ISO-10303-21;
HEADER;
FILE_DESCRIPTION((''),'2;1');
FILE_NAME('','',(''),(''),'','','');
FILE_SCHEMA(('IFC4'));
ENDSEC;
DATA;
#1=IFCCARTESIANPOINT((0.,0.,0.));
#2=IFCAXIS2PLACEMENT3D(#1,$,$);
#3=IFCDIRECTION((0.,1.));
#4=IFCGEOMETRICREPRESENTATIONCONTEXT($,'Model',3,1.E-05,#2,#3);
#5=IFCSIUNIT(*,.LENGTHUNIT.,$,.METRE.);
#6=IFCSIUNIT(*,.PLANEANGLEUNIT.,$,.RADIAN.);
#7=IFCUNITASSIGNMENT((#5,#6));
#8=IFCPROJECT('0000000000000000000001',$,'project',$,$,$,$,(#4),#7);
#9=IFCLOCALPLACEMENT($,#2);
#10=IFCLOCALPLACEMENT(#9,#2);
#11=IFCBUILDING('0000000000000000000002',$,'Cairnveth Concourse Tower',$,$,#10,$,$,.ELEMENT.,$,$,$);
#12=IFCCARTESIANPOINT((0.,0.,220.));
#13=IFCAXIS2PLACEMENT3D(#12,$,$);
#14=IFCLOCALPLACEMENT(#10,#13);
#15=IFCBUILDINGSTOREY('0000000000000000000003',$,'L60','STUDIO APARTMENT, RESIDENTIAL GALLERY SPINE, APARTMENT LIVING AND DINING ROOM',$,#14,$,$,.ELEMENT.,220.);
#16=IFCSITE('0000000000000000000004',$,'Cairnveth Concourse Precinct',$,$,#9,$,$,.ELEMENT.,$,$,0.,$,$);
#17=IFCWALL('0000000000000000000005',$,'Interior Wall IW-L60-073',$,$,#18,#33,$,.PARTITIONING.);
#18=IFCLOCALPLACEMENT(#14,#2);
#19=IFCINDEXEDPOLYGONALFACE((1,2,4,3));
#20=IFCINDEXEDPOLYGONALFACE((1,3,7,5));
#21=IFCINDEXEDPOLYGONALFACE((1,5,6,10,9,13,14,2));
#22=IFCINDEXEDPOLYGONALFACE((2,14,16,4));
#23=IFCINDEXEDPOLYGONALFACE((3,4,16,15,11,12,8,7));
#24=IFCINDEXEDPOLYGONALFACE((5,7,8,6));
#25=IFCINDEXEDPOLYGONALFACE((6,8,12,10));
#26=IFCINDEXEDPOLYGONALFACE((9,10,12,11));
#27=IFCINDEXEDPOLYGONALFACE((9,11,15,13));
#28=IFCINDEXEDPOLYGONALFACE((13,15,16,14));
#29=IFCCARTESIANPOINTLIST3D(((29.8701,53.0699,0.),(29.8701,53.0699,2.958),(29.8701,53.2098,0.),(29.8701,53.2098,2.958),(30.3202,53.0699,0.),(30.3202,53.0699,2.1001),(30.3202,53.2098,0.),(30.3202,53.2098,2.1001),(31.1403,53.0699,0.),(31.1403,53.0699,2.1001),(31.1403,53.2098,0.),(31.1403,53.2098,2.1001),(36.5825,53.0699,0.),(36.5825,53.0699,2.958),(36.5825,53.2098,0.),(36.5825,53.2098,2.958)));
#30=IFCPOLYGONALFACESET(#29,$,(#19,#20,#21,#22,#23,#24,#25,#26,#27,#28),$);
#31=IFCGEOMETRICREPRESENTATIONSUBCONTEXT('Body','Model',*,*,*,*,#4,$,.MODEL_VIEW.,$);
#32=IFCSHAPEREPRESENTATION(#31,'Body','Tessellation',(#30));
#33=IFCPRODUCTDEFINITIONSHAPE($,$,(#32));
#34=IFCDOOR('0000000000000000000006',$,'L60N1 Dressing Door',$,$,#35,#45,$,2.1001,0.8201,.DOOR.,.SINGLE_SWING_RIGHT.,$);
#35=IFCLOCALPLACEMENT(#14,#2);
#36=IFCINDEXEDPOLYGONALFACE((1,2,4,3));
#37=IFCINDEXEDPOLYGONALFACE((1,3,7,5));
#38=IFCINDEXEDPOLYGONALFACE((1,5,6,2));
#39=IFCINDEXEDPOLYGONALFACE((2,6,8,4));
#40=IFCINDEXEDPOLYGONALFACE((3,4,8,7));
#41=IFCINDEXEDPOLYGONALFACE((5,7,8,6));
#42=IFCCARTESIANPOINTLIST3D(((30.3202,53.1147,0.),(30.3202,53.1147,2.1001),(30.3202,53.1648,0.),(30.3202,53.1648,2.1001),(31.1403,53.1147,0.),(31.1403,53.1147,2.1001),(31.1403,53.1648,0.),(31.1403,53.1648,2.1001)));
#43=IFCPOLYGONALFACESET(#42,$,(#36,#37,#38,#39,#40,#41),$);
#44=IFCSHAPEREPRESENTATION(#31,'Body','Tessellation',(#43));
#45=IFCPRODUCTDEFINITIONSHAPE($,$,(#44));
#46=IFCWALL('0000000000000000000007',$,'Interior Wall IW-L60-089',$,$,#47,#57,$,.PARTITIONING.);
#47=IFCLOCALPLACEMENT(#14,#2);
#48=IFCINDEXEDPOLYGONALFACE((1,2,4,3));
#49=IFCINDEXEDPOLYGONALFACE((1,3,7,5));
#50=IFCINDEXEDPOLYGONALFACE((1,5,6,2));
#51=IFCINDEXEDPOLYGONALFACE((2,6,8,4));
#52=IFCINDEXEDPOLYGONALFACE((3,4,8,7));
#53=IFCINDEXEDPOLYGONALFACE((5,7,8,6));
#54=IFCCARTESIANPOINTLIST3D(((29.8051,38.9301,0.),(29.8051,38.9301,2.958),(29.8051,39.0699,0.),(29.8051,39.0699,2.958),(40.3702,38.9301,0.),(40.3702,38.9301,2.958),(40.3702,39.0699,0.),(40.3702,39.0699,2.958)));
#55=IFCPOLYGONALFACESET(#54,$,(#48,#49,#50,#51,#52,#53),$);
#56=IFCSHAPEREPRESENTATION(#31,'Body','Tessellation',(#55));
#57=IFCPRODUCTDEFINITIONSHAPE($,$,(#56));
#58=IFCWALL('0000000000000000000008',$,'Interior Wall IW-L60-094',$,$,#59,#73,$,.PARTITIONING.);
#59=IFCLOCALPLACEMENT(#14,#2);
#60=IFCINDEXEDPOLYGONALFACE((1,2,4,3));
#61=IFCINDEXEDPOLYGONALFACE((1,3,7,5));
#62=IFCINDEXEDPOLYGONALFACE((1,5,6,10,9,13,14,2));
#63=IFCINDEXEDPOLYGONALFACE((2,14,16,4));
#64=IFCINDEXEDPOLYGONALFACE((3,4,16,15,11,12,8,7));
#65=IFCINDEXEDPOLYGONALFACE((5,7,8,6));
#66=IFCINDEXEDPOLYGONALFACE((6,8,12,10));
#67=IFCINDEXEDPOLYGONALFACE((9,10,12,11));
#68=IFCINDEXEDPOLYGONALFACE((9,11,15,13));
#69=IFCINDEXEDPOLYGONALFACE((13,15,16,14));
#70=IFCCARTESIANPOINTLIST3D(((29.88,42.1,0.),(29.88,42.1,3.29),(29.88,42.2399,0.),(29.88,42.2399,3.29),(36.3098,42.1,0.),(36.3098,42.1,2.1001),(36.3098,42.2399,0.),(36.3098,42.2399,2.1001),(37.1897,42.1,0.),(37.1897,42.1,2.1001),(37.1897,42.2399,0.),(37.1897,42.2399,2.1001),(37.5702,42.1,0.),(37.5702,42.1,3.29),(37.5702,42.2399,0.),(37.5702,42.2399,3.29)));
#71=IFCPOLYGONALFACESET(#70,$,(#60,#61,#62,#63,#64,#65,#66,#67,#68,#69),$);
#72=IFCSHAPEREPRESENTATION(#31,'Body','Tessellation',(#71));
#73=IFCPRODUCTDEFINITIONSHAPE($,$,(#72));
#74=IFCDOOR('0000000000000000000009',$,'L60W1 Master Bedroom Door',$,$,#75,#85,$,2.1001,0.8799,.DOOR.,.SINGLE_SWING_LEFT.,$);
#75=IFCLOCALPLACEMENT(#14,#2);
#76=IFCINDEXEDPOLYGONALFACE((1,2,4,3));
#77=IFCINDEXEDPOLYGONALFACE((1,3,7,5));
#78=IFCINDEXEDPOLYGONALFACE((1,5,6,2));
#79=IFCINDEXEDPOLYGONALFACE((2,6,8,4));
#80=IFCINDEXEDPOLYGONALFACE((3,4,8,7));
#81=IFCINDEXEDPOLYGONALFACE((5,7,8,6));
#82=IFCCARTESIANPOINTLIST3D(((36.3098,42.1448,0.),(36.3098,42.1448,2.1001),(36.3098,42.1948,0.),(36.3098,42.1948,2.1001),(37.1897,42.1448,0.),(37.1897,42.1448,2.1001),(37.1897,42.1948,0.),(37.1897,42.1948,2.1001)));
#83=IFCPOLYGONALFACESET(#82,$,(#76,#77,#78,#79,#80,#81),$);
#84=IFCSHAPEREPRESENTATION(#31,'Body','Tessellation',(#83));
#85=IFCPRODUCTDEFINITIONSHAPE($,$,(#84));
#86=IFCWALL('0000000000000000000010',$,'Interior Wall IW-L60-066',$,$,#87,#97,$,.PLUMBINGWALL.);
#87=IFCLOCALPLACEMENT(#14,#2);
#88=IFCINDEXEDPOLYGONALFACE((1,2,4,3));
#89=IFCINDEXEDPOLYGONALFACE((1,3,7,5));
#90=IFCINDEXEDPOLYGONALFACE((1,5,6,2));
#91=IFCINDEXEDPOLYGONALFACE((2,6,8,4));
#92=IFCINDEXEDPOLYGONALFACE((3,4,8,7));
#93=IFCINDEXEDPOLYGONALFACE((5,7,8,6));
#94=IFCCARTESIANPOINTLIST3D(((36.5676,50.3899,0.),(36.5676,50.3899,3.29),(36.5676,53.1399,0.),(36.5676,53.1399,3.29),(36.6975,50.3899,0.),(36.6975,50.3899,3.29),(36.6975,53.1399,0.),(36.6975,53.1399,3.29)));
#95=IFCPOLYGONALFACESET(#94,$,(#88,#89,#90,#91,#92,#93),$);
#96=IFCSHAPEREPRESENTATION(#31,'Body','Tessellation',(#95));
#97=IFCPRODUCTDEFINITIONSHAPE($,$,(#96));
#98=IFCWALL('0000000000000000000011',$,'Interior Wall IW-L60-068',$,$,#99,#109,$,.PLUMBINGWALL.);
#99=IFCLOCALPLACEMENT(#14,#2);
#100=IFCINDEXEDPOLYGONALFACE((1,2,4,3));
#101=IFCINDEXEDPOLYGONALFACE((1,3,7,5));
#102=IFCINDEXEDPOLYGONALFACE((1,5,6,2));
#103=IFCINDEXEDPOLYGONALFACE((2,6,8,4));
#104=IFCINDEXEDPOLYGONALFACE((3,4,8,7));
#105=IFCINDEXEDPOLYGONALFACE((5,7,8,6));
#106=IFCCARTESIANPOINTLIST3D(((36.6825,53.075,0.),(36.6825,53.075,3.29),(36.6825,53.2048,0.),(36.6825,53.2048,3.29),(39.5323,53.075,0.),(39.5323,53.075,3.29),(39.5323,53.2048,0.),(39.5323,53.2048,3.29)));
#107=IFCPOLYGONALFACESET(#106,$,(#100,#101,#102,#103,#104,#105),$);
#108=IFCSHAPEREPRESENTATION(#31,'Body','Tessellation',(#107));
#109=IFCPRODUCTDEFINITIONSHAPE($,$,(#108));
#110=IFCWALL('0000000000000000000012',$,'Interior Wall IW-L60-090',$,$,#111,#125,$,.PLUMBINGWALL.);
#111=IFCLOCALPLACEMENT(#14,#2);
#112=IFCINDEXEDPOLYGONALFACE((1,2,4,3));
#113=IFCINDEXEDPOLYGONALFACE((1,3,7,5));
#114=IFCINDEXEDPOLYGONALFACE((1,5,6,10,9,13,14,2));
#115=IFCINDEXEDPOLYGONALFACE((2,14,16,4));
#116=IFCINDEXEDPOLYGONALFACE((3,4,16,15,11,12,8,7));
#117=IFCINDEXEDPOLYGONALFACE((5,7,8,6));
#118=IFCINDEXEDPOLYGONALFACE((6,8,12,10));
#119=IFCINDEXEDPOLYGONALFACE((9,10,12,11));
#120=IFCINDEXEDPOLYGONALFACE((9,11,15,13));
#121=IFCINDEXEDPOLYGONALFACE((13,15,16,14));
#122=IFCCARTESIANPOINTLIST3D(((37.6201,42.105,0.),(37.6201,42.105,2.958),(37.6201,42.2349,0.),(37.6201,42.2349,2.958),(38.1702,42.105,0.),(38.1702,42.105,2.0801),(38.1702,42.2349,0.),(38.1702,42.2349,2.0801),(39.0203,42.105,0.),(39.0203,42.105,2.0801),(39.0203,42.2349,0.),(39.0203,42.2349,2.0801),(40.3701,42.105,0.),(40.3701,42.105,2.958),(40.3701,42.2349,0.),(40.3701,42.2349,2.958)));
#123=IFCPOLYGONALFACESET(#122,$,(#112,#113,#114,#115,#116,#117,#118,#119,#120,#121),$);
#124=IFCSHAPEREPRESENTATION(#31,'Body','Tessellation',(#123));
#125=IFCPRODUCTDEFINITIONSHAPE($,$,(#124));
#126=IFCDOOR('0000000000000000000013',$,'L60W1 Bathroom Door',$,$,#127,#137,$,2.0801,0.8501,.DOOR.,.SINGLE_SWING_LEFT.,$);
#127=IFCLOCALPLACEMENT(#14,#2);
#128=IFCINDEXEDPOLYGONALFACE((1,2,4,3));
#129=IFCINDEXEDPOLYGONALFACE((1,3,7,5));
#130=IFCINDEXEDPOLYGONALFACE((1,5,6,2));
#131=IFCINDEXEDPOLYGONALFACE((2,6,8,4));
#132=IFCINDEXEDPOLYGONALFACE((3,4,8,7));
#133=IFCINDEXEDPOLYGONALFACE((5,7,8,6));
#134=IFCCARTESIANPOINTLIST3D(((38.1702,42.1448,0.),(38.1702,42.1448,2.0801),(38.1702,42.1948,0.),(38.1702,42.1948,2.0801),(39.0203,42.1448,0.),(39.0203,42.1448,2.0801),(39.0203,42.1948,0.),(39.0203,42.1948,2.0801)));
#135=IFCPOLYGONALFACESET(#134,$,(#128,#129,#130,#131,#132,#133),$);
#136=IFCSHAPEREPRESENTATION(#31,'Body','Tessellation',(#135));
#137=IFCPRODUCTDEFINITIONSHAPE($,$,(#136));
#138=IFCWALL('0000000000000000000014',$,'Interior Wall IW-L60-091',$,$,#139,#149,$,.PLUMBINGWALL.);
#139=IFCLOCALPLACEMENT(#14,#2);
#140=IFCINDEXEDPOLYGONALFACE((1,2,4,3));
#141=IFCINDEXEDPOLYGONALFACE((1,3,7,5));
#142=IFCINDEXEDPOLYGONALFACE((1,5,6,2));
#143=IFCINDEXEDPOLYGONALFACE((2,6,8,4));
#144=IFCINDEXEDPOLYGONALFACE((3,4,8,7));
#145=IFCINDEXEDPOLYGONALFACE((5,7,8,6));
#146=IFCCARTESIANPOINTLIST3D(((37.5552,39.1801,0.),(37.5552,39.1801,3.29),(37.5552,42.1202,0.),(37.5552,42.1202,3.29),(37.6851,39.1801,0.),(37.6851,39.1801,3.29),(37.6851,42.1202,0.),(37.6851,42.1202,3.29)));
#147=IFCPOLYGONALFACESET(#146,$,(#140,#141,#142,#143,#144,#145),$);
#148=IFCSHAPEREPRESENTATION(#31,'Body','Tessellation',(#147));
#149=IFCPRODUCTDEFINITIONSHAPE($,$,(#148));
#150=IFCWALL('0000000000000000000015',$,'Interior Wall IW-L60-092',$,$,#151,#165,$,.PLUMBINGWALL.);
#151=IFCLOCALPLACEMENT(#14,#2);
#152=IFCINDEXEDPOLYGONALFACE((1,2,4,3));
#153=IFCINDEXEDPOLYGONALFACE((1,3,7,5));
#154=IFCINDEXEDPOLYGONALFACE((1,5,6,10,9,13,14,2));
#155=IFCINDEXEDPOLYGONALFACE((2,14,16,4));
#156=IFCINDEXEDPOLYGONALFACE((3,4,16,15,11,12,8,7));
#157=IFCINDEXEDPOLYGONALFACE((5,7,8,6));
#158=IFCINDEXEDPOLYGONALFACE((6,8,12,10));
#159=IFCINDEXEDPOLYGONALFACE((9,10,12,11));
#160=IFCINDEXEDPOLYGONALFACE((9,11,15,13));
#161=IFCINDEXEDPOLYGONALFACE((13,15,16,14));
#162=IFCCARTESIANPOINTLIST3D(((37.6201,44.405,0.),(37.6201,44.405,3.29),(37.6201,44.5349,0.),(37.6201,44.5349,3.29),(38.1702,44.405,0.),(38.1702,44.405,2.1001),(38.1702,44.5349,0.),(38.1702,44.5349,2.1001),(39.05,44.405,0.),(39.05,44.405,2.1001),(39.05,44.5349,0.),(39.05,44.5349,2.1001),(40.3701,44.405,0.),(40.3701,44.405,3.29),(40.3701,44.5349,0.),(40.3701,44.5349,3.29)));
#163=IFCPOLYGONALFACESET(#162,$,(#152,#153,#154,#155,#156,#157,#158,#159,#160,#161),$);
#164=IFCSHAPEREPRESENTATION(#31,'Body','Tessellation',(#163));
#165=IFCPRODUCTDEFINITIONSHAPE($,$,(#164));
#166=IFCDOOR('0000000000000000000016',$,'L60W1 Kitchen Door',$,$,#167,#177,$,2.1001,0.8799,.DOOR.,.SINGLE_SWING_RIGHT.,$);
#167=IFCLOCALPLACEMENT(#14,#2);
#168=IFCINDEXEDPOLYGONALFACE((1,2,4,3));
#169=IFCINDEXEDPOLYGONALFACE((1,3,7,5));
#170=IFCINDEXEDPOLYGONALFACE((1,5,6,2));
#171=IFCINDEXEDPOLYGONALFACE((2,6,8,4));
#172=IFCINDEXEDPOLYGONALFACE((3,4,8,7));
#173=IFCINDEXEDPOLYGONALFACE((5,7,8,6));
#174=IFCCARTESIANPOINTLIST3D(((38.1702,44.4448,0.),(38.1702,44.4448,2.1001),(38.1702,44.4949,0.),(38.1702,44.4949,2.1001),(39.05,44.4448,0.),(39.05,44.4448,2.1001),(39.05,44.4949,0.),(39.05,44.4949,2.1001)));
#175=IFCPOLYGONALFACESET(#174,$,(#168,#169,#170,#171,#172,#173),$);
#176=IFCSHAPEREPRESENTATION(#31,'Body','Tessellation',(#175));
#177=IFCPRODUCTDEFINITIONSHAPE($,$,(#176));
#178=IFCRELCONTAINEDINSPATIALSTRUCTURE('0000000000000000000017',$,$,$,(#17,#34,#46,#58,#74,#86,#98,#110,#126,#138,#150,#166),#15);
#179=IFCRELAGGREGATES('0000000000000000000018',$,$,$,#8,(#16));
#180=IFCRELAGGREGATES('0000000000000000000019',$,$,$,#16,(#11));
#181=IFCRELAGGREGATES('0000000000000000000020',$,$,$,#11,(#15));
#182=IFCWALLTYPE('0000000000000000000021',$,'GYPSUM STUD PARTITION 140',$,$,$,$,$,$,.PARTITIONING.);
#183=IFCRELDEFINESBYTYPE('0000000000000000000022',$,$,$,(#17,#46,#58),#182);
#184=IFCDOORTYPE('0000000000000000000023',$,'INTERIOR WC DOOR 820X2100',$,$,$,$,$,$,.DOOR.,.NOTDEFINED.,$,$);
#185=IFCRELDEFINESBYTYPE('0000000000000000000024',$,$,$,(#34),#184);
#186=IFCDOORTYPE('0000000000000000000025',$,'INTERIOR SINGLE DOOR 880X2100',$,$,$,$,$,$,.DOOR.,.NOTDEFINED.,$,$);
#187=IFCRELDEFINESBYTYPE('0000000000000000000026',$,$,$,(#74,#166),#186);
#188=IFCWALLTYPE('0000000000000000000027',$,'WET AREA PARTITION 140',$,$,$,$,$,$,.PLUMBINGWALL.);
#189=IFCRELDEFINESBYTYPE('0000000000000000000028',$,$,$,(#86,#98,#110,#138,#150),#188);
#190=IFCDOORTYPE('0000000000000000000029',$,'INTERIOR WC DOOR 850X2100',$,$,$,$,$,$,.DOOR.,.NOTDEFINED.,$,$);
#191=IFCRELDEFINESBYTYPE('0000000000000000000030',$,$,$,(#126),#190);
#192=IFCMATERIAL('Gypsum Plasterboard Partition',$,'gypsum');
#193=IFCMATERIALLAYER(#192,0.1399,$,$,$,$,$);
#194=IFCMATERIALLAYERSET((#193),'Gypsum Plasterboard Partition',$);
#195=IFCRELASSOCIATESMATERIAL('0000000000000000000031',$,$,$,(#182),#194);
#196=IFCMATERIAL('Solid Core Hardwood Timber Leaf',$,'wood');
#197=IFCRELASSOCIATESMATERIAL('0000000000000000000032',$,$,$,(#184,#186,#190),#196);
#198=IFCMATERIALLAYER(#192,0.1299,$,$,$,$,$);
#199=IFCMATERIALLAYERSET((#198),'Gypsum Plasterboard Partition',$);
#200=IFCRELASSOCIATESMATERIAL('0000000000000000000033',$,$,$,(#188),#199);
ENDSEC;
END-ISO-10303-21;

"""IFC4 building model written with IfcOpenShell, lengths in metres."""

from ifc_helpers import new_model, si_unit, direction, frame, frame_2d, origin, place, context, subcontext, project, spatial, rectangle, extrude, material, layer, layer_set, type_object, element, fill, save


model = new_model("IFC4")

# Units and contexts
model_context = context("Model", 3, precision=1e-05, world=origin(), true_north=direction((0.0, 1.0)))
body_context = subcontext(model_context, "Body", "Model", "MODEL_VIEW")
ifc_project = project(units=[si_unit("LENGTHUNIT", "METRE"), si_unit("PLANEANGLEUNIT", "RADIAN")], contexts=[model_context])

# Site, building, storey
site_placement = place(None, origin())
site = spatial("IfcSite", under=ifc_project, at=site_placement, Name="Cairnveth Concourse Precinct", CompositionType="ELEMENT", RefElevation=0.0)
building_placement = place(site_placement, origin())
building = spatial("IfcBuilding", under=site, at=building_placement, Name="Cairnveth Concourse Tower", CompositionType="ELEMENT")
storey_placement = place(building_placement, frame((0.0, 0.0, 220.0)))
storey = spatial("IfcBuildingStorey", under=building, at=storey_placement, Name="L60", Description="STUDIO APARTMENT, RESIDENTIAL GALLERY SPINE, APARTMENT LIVING AND DINING ROOM", CompositionType="ELEMENT", Elevation=220.0)

# Shared definitions
ifc_material_1 = material(Name="Gypsum Plasterboard Partition", Category="gypsum")
ifc_material_2 = material(Name="Solid Core Hardwood Timber Leaf", Category="wood")

# Wall, opening, door
ifc_layer_1 = layer(ifc_material_1, 0.1399)
ifc_layer_set_1 = layer_set([ifc_layer_1], Name="Gypsum Plasterboard Partition")
wall_type_1 = type_object("IfcWallType", Name="GYPSUM STUD PARTITION 140", PredefinedType="PARTITIONING", material=ifc_layer_set_1)
wall_1_placement = place(storey_placement, frame((29.8701, 53.1399, 0.0), z_axis=(0.0, 0.0, 1.0), x_axis=(1.0, 0.0, 0.0)))
wall_1 = element("IfcWall", 1, at=wall_1_placement, inside=storey, type_object=wall_type_1, Name="Interior Wall IW-L60-073", PredefinedType="PARTITIONING", context=body_context, shape_type="SweptSolid", body=[
    extrude(rectangle(XDim=6.7124, YDim=0.1399, at=frame_2d((3.3562, 0.0))), origin(), (0.0, 0.0, 1.0), 2.958),
])
opening_1_placement = place(wall_1_placement, frame((0.45, 0.0, 0.0)))
opening_1 = element("IfcOpeningElement", 2, at=opening_1_placement, cuts=wall_1, PredefinedType="OPENING", context=body_context, shape_type="SweptSolid", body=[
    extrude(rectangle(XDim=0.8201, YDim=2.1001, at=frame_2d((0.4102, 1.05))), frame((0.0, 0.0798, 0.0), z_axis=(0.0, -1.0, 0.0), x_axis=(1.0, 0.0, 0.0)), (0.0, 0.0, 1.0), 0.1599),
])
door_type_1 = type_object("IfcDoorType", Name="INTERIOR WC DOOR 820X2100", OperationType="NOTDEFINED", PredefinedType="DOOR", material=ifc_material_2)
door_1_placement = place(opening_1_placement, origin())
door_1 = element("IfcDoor", 3, at=door_1_placement, inside=storey, type_object=door_type_1, Name="L60N1 Dressing Door", OperationType="SINGLE_SWING_RIGHT", OverallHeight=2.1001, OverallWidth=0.8201, PredefinedType="DOOR", context=body_context, shape_type="SweptSolid", body=[
    extrude(rectangle(XDim=0.8201, YDim=2.1001, at=frame_2d((0.4102, 1.05))), frame((0.0, 0.0249, 0.0), z_axis=(0.0, -1.0, 0.0), x_axis=(1.0, 0.0, 0.0)), (0.0, 0.0, 1.0), 0.05),
])
fill(opening_1, door_1)

# Wall
wall_2_placement = place(storey_placement, frame((29.8049, 39.0, 0.0), z_axis=(0.0, 0.0, 1.0), x_axis=(1.0, 0.0, 0.0)))
element("IfcWall", 4, at=wall_2_placement, inside=storey, type_object=wall_type_1, Name="Interior Wall IW-L60-089", PredefinedType="PARTITIONING", context=body_context, shape_type="SweptSolid", body=[
    extrude(rectangle(XDim=10.5652, YDim=0.1399, at=frame_2d((5.2827, 0.0))), origin(), (0.0, 0.0, 1.0), 2.958),
])

# Wall, opening, door
wall_3_placement = place(storey_placement, frame((29.8799, 42.1699, 0.0), z_axis=(0.0, 0.0, 1.0), x_axis=(1.0, 0.0, 0.0)))
wall_3 = element("IfcWall", 5, at=wall_3_placement, inside=storey, type_object=wall_type_1, Name="Interior Wall IW-L60-094", PredefinedType="PARTITIONING", context=body_context, shape_type="SweptSolid", body=[
    extrude(rectangle(XDim=7.6902, YDim=0.1399, at=frame_2d((3.8452, 0.0))), origin(), (0.0, 0.0, 1.0), 3.29),
])
opening_2_placement = place(wall_3_placement, frame((6.4299, 0.0, 0.0)))
opening_2 = element("IfcOpeningElement", 6, at=opening_2_placement, cuts=wall_3, PredefinedType="OPENING", context=body_context, shape_type="SweptSolid", body=[
    extrude(rectangle(XDim=0.8799, YDim=2.1001, at=frame_2d((0.4399, 1.05))), frame((0.0, 0.0798, 0.0), z_axis=(0.0, -1.0, 0.0), x_axis=(1.0, 0.0, 0.0)), (0.0, 0.0, 1.0), 0.1599),
])
door_type_2 = type_object("IfcDoorType", Name="INTERIOR SINGLE DOOR 880X2100", OperationType="NOTDEFINED", PredefinedType="DOOR", material=ifc_material_2)
door_2_placement = place(opening_2_placement, origin())
door_2 = element("IfcDoor", 7, at=door_2_placement, inside=storey, type_object=door_type_2, Name="L60W1 Master Bedroom Door", OperationType="SINGLE_SWING_LEFT", OverallHeight=2.1001, OverallWidth=0.8799, PredefinedType="DOOR", context=body_context, shape_type="SweptSolid", body=[
    extrude(rectangle(XDim=0.8799, YDim=2.1001, at=frame_2d((0.4399, 1.05))), frame((0.0, 0.0249, 0.0), z_axis=(0.0, -1.0, 0.0), x_axis=(1.0, 0.0, 0.0)), (0.0, 0.0, 1.0), 0.05),
])
fill(opening_2, door_2)

# Walls
ifc_layer_2 = layer(ifc_material_1, 0.1299)
ifc_layer_set_2 = layer_set([ifc_layer_2], Name="Gypsum Plasterboard Partition")
wall_type_2 = type_object("IfcWallType", Name="WET AREA PARTITION 140", PredefinedType="PLUMBINGWALL", material=ifc_layer_set_2)
wall_4_placement = place(storey_placement, frame((36.6326, 50.3899, 0.0), z_axis=(0.0, 0.0, 1.0), x_axis=(0.0, 1.0, 0.0)))
element("IfcWall", 8, at=wall_4_placement, inside=storey, type_object=wall_type_2, Name="Interior Wall IW-L60-066", PredefinedType="PLUMBINGWALL", context=body_context, shape_type="SweptSolid", body=[
    extrude(rectangle(XDim=2.75, YDim=0.1299, at=frame_2d((1.375, 0.0))), origin(), (0.0, 0.0, 1.0), 3.29),
])
wall_5_placement = place(storey_placement, frame((36.6826, 53.1399, 0.0), z_axis=(0.0, 0.0, 1.0), x_axis=(1.0, 0.0, 0.0)))
element("IfcWall", 9, at=wall_5_placement, inside=storey, type_object=wall_type_2, Name="Interior Wall IW-L60-068", PredefinedType="PLUMBINGWALL", context=body_context, shape_type="SweptSolid", body=[
    extrude(rectangle(XDim=2.8499, YDim=0.1299, at=frame_2d((1.4248, 0.0))), origin(), (0.0, 0.0, 1.0), 3.29),
])

# Wall, opening, door
wall_6_placement = place(storey_placement, frame((37.6201, 42.1699, 0.0), z_axis=(0.0, 0.0, 1.0), x_axis=(1.0, 0.0, 0.0)))
wall_6 = element("IfcWall", 10, at=wall_6_placement, inside=storey, type_object=wall_type_2, Name="Interior Wall IW-L60-090", PredefinedType="PLUMBINGWALL", context=body_context, shape_type="SweptSolid", body=[
    extrude(rectangle(XDim=2.75, YDim=0.1299, at=frame_2d((1.375, 0.0))), origin(), (0.0, 0.0, 1.0), 2.958),
])
opening_3_placement = place(wall_6_placement, frame((0.55, 0.0, 0.0)))
opening_3 = element("IfcOpeningElement", 11, at=opening_3_placement, cuts=wall_6, PredefinedType="OPENING", context=body_context, shape_type="SweptSolid", body=[
    extrude(rectangle(XDim=0.8501, YDim=2.0801, at=frame_2d((0.425, 1.04))), frame((0.0, 0.075, 0.0), z_axis=(0.0, -1.0, 0.0), x_axis=(1.0, 0.0, 0.0)), (0.0, 0.0, 1.0), 0.1499),
])
door_type_3 = type_object("IfcDoorType", Name="INTERIOR WC DOOR 850X2100", OperationType="NOTDEFINED", PredefinedType="DOOR", material=ifc_material_2)
door_3_placement = place(opening_3_placement, origin())
door_3 = element("IfcDoor", 12, at=door_3_placement, inside=storey, type_object=door_type_3, Name="L60W1 Bathroom Door", OperationType="SINGLE_SWING_LEFT", OverallHeight=2.0801, OverallWidth=0.8501, PredefinedType="DOOR", context=body_context, shape_type="SweptSolid", body=[
    extrude(rectangle(XDim=0.8501, YDim=2.0801, at=frame_2d((0.425, 1.04))), frame((0.0, 0.0249, 0.0), z_axis=(0.0, -1.0, 0.0), x_axis=(1.0, 0.0, 0.0)), (0.0, 0.0, 1.0), 0.05),
])
fill(opening_3, door_3)

# Wall
wall_7_placement = place(storey_placement, frame((37.6201, 39.1799, 0.0), z_axis=(0.0, 0.0, 1.0), x_axis=(0.0, 1.0, 0.0)))
element("IfcWall", 13, at=wall_7_placement, inside=storey, type_object=wall_type_2, Name="Interior Wall IW-L60-091", PredefinedType="PLUMBINGWALL", context=body_context, shape_type="SweptSolid", body=[
    extrude(rectangle(XDim=2.9402, YDim=0.1299, at=frame_2d((1.4702, 0.0))), origin(), (0.0, 0.0, 1.0), 3.29),
])

# Wall, opening, door
wall_8_placement = place(storey_placement, frame((37.6201, 44.47, 0.0), z_axis=(0.0, 0.0, 1.0), x_axis=(1.0, 0.0, 0.0)))
wall_8 = element("IfcWall", 14, at=wall_8_placement, inside=storey, type_object=wall_type_2, Name="Interior Wall IW-L60-092", PredefinedType="PLUMBINGWALL", context=body_context, shape_type="SweptSolid", body=[
    extrude(rectangle(XDim=2.75, YDim=0.1299, at=frame_2d((1.375, 0.0))), origin(), (0.0, 0.0, 1.0), 3.29),
])
opening_4_placement = place(wall_8_placement, frame((0.55, 0.0, 0.0)))
opening_4 = element("IfcOpeningElement", 15, at=opening_4_placement, cuts=wall_8, PredefinedType="OPENING", context=body_context, shape_type="SweptSolid", body=[
    extrude(rectangle(XDim=0.8799, YDim=2.1001, at=frame_2d((0.4399, 1.05))), frame((0.0, 0.075, 0.0), z_axis=(0.0, -1.0, 0.0), x_axis=(1.0, 0.0, 0.0)), (0.0, 0.0, 1.0), 0.1499),
])
door_4_placement = place(opening_4_placement, origin())
door_4 = element("IfcDoor", 16, at=door_4_placement, inside=storey, type_object=door_type_2, Name="L60W1 Kitchen Door", OperationType="SINGLE_SWING_RIGHT", OverallHeight=2.1001, OverallWidth=0.8799, PredefinedType="DOOR", context=body_context, shape_type="SweptSolid", body=[
    extrude(rectangle(XDim=0.8799, YDim=2.1001, at=frame_2d((0.4399, 1.05))), frame((0.0, 0.0249, 0.0), z_axis=(0.0, -1.0, 0.0), x_axis=(1.0, 0.0, 0.0)), (0.0, 0.0, 1.0), 0.05),
])
fill(opening_4, door_4)

save(model, "model.ifc")
